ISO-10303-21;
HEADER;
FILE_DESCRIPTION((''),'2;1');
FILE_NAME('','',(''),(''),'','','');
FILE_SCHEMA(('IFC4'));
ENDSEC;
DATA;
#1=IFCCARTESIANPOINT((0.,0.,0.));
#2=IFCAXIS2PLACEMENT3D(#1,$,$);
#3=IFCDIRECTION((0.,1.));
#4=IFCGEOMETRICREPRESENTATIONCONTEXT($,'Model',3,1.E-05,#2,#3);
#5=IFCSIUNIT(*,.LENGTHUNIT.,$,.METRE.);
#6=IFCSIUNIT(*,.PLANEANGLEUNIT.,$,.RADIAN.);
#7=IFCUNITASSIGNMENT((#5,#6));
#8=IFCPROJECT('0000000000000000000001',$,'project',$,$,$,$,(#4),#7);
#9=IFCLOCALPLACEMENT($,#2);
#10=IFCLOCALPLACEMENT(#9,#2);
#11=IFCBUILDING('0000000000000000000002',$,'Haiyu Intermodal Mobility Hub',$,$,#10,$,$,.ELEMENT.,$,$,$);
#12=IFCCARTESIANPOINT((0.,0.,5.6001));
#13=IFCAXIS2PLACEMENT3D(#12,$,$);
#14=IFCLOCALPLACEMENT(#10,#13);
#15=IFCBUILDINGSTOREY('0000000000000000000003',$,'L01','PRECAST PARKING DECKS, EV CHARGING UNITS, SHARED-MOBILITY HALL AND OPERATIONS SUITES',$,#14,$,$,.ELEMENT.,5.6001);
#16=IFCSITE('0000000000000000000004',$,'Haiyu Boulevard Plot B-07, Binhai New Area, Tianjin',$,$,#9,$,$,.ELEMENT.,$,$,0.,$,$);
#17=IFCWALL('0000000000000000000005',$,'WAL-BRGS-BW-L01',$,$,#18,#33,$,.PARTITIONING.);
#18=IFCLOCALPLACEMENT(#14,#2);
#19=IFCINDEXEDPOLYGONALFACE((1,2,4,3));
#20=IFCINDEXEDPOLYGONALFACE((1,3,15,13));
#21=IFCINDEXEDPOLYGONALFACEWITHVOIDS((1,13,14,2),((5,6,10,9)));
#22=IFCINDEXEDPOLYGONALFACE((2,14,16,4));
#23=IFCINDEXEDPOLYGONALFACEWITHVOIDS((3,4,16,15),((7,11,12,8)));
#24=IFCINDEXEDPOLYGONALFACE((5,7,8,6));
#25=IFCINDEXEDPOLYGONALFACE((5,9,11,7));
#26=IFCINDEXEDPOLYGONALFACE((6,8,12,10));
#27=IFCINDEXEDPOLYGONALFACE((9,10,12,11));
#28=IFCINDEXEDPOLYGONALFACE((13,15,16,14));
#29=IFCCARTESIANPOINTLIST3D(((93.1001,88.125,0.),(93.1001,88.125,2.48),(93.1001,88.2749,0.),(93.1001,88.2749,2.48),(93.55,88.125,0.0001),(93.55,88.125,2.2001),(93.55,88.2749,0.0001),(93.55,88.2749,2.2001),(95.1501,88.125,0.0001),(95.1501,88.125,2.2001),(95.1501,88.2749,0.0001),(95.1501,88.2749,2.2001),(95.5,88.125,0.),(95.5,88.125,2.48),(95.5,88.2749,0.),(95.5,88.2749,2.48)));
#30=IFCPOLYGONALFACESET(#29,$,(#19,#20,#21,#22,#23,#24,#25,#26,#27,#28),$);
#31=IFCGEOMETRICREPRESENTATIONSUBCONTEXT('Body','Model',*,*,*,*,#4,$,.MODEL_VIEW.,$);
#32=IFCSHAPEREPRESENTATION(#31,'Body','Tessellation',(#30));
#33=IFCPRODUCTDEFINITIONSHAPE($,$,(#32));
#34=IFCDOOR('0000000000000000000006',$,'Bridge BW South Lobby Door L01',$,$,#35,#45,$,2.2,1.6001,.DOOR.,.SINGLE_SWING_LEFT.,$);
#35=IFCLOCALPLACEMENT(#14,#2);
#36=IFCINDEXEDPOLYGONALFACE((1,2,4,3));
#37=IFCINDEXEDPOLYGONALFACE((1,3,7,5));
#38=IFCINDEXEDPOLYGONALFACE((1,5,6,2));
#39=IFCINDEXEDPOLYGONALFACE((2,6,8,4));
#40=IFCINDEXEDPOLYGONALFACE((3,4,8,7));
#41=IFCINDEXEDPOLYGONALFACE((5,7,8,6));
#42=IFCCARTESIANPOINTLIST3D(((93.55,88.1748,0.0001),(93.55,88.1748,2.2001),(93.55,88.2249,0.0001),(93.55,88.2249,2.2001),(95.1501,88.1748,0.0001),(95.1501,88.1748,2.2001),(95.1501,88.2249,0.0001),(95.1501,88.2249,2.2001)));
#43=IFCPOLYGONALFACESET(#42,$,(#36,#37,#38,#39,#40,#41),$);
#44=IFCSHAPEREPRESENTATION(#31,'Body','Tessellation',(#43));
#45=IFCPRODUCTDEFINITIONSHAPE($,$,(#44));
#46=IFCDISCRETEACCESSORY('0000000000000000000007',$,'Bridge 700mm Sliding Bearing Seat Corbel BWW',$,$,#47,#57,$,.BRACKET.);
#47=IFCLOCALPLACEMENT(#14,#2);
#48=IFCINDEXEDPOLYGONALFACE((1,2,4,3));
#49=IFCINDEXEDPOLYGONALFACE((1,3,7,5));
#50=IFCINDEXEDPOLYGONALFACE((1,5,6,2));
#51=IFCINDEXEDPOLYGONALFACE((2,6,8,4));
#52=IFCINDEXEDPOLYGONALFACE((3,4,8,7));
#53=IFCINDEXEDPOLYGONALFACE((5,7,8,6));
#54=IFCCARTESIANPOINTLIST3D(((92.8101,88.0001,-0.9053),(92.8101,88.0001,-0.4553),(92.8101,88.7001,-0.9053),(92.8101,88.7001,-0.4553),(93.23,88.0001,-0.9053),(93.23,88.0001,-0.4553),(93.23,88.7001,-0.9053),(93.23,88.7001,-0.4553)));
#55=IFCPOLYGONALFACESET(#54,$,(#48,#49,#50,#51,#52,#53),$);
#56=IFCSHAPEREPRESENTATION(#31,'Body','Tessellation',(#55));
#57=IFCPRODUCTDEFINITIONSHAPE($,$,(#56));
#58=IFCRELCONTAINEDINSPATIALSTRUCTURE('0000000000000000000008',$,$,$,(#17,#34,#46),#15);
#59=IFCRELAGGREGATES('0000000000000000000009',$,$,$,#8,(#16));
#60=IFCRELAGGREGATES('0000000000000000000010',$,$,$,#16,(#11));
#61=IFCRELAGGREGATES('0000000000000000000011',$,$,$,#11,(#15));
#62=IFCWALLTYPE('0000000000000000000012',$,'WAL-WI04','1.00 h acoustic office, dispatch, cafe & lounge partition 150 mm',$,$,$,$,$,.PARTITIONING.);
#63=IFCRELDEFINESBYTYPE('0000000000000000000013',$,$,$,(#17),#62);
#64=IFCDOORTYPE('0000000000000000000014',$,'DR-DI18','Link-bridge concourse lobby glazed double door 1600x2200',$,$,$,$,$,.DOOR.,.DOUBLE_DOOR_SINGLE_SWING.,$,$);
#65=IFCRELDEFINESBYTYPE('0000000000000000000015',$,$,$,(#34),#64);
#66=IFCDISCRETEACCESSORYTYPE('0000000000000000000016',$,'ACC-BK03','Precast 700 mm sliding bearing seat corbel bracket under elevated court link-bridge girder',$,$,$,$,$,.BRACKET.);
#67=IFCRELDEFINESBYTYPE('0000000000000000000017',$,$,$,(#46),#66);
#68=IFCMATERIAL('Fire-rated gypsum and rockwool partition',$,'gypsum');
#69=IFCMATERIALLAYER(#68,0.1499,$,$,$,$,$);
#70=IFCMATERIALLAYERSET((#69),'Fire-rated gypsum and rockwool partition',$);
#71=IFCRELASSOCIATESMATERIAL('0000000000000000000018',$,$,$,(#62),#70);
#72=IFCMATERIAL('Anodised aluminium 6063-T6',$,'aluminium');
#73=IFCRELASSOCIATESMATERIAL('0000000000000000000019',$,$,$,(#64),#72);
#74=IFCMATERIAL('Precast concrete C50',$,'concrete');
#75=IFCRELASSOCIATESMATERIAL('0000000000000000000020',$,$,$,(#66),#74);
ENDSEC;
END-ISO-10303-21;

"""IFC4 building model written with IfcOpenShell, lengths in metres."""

from ifc_helpers import new_model, si_unit, direction, frame, frame_2d, origin, origin_2d, place, context, subcontext, project, spatial, rectangle, extrude, material, layer, layer_set, type_object, element, fill, save


model = new_model("IFC4")

# Units and contexts
model_context = context("Model", 3, precision=1e-05, world=origin(), true_north=direction((0.0, 1.0)))
body_context = subcontext(model_context, "Body", "Model", "MODEL_VIEW")
ifc_project = project(units=[si_unit("LENGTHUNIT", "METRE"), si_unit("PLANEANGLEUNIT", "RADIAN")], contexts=[model_context])

# Site, building, storey
site_placement = place(None, origin())
site = spatial("IfcSite", under=ifc_project, at=site_placement, Name="Haiyu Boulevard Plot B-07, Binhai New Area, Tianjin", CompositionType="ELEMENT", RefElevation=0.0)
building_placement = place(site_placement, origin())
building = spatial("IfcBuilding", under=site, at=building_placement, Name="Haiyu Intermodal Mobility Hub", CompositionType="ELEMENT")
storey_placement = place(building_placement, frame((0.0, 0.0, 5.6001)))
storey = spatial("IfcBuildingStorey", under=building, at=storey_placement, Name="L01", Description="PRECAST PARKING DECKS, EV CHARGING UNITS, SHARED-MOBILITY HALL AND OPERATIONS SUITES", CompositionType="ELEMENT", Elevation=5.6001)

# Shared definitions
ifc_material_1 = material(Name="Anodised aluminium 6063-T6", Category="aluminium")

# Wall, opening, door
ifc_material_2 = material(Name="Fire-rated gypsum and rockwool partition", Category="gypsum")
ifc_layer_1 = layer(ifc_material_2, 0.1499)
ifc_layer_set_1 = layer_set([ifc_layer_1], Name="Fire-rated gypsum and rockwool partition")
wall_type = type_object("IfcWallType", Name="WAL-WI04", Description="1.00 h acoustic office, dispatch, cafe & lounge partition 150 mm", PredefinedType="PARTITIONING", material=ifc_layer_set_1)
wall_placement = place(storey_placement, frame((93.1001, 88.2, 0.0), z_axis=(0.0, 0.0, 1.0), x_axis=(1.0, 0.0, 0.0)))
wall = element("IfcWall", 1, at=wall_placement, inside=storey, type_object=wall_type, Name="WAL-BRGS-BW-L01", PredefinedType="PARTITIONING", context=body_context, shape_type="SweptSolid", body=[
    extrude(rectangle(XDim=2.3999, YDim=0.1499, at=frame_2d((1.2, 0.0))), origin(), (0.0, 0.0, 1.0), 2.48),
])
opening_placement = place(wall_placement, frame((0.45, 0.0, 0.0)))
opening = element("IfcOpeningElement", 2, at=opening_placement, cuts=wall, PredefinedType="OPENING", context=body_context, shape_type="SweptSolid", body=[
    extrude(rectangle(XDim=1.6001, YDim=2.2, at=frame_2d((0.8, 1.1001))), frame((0.0, 0.085, 0.0), z_axis=(0.0, -1.0, 0.0), x_axis=(1.0, 0.0, 0.0)), (0.0, 0.0, 1.0), 0.1699),
])
door_type = type_object("IfcDoorType", Name="DR-DI18", Description="Link-bridge concourse lobby glazed double door 1600x2200", OperationType="DOUBLE_DOOR_SINGLE_SWING", PredefinedType="DOOR", material=ifc_material_1)
door_placement = place(opening_placement, origin())
door = element("IfcDoor", 3, at=door_placement, inside=storey, type_object=door_type, Name="Bridge BW South Lobby Door L01", OperationType="SINGLE_SWING_LEFT", OverallHeight=2.2, OverallWidth=1.6001, PredefinedType="DOOR", context=body_context, shape_type="SweptSolid", body=[
    extrude(rectangle(XDim=1.6001, YDim=2.2, at=frame_2d((0.8, 1.1001))), frame((0.0, 0.0249, 0.0), z_axis=(0.0, -1.0, 0.0), x_axis=(1.0, 0.0, 0.0)), (0.0, 0.0, 1.0), 0.05),
])
fill(opening, door)

# Discrete accessory
ifc_material_3 = material(Name="Precast concrete C50", Category="concrete")
discrete_accessory_type = type_object("IfcDiscreteAccessoryType", Name="ACC-BK03", Description="Precast 700 mm sliding bearing seat corbel bracket under elevated court link-bridge girder", PredefinedType="BRACKET", material=ifc_material_3)
discrete_accessory_placement = place(storey_placement, frame((93.02, 88.3501, -0.9053), z_axis=(0.0, 0.0, 1.0), x_axis=(0.0, 1.0, 0.0)))
element("IfcDiscreteAccessory", 4, at=discrete_accessory_placement, inside=storey, type_object=discrete_accessory_type, Name="Bridge 700mm Sliding Bearing Seat Corbel BWW", PredefinedType="BRACKET", context=body_context, shape_type="SweptSolid", body=[
    extrude(rectangle(XDim=0.7, YDim=0.4199, at=origin_2d()), origin(), (0.0, 0.0, 1.0), 0.45),
])

save(model, "model.ifc")
